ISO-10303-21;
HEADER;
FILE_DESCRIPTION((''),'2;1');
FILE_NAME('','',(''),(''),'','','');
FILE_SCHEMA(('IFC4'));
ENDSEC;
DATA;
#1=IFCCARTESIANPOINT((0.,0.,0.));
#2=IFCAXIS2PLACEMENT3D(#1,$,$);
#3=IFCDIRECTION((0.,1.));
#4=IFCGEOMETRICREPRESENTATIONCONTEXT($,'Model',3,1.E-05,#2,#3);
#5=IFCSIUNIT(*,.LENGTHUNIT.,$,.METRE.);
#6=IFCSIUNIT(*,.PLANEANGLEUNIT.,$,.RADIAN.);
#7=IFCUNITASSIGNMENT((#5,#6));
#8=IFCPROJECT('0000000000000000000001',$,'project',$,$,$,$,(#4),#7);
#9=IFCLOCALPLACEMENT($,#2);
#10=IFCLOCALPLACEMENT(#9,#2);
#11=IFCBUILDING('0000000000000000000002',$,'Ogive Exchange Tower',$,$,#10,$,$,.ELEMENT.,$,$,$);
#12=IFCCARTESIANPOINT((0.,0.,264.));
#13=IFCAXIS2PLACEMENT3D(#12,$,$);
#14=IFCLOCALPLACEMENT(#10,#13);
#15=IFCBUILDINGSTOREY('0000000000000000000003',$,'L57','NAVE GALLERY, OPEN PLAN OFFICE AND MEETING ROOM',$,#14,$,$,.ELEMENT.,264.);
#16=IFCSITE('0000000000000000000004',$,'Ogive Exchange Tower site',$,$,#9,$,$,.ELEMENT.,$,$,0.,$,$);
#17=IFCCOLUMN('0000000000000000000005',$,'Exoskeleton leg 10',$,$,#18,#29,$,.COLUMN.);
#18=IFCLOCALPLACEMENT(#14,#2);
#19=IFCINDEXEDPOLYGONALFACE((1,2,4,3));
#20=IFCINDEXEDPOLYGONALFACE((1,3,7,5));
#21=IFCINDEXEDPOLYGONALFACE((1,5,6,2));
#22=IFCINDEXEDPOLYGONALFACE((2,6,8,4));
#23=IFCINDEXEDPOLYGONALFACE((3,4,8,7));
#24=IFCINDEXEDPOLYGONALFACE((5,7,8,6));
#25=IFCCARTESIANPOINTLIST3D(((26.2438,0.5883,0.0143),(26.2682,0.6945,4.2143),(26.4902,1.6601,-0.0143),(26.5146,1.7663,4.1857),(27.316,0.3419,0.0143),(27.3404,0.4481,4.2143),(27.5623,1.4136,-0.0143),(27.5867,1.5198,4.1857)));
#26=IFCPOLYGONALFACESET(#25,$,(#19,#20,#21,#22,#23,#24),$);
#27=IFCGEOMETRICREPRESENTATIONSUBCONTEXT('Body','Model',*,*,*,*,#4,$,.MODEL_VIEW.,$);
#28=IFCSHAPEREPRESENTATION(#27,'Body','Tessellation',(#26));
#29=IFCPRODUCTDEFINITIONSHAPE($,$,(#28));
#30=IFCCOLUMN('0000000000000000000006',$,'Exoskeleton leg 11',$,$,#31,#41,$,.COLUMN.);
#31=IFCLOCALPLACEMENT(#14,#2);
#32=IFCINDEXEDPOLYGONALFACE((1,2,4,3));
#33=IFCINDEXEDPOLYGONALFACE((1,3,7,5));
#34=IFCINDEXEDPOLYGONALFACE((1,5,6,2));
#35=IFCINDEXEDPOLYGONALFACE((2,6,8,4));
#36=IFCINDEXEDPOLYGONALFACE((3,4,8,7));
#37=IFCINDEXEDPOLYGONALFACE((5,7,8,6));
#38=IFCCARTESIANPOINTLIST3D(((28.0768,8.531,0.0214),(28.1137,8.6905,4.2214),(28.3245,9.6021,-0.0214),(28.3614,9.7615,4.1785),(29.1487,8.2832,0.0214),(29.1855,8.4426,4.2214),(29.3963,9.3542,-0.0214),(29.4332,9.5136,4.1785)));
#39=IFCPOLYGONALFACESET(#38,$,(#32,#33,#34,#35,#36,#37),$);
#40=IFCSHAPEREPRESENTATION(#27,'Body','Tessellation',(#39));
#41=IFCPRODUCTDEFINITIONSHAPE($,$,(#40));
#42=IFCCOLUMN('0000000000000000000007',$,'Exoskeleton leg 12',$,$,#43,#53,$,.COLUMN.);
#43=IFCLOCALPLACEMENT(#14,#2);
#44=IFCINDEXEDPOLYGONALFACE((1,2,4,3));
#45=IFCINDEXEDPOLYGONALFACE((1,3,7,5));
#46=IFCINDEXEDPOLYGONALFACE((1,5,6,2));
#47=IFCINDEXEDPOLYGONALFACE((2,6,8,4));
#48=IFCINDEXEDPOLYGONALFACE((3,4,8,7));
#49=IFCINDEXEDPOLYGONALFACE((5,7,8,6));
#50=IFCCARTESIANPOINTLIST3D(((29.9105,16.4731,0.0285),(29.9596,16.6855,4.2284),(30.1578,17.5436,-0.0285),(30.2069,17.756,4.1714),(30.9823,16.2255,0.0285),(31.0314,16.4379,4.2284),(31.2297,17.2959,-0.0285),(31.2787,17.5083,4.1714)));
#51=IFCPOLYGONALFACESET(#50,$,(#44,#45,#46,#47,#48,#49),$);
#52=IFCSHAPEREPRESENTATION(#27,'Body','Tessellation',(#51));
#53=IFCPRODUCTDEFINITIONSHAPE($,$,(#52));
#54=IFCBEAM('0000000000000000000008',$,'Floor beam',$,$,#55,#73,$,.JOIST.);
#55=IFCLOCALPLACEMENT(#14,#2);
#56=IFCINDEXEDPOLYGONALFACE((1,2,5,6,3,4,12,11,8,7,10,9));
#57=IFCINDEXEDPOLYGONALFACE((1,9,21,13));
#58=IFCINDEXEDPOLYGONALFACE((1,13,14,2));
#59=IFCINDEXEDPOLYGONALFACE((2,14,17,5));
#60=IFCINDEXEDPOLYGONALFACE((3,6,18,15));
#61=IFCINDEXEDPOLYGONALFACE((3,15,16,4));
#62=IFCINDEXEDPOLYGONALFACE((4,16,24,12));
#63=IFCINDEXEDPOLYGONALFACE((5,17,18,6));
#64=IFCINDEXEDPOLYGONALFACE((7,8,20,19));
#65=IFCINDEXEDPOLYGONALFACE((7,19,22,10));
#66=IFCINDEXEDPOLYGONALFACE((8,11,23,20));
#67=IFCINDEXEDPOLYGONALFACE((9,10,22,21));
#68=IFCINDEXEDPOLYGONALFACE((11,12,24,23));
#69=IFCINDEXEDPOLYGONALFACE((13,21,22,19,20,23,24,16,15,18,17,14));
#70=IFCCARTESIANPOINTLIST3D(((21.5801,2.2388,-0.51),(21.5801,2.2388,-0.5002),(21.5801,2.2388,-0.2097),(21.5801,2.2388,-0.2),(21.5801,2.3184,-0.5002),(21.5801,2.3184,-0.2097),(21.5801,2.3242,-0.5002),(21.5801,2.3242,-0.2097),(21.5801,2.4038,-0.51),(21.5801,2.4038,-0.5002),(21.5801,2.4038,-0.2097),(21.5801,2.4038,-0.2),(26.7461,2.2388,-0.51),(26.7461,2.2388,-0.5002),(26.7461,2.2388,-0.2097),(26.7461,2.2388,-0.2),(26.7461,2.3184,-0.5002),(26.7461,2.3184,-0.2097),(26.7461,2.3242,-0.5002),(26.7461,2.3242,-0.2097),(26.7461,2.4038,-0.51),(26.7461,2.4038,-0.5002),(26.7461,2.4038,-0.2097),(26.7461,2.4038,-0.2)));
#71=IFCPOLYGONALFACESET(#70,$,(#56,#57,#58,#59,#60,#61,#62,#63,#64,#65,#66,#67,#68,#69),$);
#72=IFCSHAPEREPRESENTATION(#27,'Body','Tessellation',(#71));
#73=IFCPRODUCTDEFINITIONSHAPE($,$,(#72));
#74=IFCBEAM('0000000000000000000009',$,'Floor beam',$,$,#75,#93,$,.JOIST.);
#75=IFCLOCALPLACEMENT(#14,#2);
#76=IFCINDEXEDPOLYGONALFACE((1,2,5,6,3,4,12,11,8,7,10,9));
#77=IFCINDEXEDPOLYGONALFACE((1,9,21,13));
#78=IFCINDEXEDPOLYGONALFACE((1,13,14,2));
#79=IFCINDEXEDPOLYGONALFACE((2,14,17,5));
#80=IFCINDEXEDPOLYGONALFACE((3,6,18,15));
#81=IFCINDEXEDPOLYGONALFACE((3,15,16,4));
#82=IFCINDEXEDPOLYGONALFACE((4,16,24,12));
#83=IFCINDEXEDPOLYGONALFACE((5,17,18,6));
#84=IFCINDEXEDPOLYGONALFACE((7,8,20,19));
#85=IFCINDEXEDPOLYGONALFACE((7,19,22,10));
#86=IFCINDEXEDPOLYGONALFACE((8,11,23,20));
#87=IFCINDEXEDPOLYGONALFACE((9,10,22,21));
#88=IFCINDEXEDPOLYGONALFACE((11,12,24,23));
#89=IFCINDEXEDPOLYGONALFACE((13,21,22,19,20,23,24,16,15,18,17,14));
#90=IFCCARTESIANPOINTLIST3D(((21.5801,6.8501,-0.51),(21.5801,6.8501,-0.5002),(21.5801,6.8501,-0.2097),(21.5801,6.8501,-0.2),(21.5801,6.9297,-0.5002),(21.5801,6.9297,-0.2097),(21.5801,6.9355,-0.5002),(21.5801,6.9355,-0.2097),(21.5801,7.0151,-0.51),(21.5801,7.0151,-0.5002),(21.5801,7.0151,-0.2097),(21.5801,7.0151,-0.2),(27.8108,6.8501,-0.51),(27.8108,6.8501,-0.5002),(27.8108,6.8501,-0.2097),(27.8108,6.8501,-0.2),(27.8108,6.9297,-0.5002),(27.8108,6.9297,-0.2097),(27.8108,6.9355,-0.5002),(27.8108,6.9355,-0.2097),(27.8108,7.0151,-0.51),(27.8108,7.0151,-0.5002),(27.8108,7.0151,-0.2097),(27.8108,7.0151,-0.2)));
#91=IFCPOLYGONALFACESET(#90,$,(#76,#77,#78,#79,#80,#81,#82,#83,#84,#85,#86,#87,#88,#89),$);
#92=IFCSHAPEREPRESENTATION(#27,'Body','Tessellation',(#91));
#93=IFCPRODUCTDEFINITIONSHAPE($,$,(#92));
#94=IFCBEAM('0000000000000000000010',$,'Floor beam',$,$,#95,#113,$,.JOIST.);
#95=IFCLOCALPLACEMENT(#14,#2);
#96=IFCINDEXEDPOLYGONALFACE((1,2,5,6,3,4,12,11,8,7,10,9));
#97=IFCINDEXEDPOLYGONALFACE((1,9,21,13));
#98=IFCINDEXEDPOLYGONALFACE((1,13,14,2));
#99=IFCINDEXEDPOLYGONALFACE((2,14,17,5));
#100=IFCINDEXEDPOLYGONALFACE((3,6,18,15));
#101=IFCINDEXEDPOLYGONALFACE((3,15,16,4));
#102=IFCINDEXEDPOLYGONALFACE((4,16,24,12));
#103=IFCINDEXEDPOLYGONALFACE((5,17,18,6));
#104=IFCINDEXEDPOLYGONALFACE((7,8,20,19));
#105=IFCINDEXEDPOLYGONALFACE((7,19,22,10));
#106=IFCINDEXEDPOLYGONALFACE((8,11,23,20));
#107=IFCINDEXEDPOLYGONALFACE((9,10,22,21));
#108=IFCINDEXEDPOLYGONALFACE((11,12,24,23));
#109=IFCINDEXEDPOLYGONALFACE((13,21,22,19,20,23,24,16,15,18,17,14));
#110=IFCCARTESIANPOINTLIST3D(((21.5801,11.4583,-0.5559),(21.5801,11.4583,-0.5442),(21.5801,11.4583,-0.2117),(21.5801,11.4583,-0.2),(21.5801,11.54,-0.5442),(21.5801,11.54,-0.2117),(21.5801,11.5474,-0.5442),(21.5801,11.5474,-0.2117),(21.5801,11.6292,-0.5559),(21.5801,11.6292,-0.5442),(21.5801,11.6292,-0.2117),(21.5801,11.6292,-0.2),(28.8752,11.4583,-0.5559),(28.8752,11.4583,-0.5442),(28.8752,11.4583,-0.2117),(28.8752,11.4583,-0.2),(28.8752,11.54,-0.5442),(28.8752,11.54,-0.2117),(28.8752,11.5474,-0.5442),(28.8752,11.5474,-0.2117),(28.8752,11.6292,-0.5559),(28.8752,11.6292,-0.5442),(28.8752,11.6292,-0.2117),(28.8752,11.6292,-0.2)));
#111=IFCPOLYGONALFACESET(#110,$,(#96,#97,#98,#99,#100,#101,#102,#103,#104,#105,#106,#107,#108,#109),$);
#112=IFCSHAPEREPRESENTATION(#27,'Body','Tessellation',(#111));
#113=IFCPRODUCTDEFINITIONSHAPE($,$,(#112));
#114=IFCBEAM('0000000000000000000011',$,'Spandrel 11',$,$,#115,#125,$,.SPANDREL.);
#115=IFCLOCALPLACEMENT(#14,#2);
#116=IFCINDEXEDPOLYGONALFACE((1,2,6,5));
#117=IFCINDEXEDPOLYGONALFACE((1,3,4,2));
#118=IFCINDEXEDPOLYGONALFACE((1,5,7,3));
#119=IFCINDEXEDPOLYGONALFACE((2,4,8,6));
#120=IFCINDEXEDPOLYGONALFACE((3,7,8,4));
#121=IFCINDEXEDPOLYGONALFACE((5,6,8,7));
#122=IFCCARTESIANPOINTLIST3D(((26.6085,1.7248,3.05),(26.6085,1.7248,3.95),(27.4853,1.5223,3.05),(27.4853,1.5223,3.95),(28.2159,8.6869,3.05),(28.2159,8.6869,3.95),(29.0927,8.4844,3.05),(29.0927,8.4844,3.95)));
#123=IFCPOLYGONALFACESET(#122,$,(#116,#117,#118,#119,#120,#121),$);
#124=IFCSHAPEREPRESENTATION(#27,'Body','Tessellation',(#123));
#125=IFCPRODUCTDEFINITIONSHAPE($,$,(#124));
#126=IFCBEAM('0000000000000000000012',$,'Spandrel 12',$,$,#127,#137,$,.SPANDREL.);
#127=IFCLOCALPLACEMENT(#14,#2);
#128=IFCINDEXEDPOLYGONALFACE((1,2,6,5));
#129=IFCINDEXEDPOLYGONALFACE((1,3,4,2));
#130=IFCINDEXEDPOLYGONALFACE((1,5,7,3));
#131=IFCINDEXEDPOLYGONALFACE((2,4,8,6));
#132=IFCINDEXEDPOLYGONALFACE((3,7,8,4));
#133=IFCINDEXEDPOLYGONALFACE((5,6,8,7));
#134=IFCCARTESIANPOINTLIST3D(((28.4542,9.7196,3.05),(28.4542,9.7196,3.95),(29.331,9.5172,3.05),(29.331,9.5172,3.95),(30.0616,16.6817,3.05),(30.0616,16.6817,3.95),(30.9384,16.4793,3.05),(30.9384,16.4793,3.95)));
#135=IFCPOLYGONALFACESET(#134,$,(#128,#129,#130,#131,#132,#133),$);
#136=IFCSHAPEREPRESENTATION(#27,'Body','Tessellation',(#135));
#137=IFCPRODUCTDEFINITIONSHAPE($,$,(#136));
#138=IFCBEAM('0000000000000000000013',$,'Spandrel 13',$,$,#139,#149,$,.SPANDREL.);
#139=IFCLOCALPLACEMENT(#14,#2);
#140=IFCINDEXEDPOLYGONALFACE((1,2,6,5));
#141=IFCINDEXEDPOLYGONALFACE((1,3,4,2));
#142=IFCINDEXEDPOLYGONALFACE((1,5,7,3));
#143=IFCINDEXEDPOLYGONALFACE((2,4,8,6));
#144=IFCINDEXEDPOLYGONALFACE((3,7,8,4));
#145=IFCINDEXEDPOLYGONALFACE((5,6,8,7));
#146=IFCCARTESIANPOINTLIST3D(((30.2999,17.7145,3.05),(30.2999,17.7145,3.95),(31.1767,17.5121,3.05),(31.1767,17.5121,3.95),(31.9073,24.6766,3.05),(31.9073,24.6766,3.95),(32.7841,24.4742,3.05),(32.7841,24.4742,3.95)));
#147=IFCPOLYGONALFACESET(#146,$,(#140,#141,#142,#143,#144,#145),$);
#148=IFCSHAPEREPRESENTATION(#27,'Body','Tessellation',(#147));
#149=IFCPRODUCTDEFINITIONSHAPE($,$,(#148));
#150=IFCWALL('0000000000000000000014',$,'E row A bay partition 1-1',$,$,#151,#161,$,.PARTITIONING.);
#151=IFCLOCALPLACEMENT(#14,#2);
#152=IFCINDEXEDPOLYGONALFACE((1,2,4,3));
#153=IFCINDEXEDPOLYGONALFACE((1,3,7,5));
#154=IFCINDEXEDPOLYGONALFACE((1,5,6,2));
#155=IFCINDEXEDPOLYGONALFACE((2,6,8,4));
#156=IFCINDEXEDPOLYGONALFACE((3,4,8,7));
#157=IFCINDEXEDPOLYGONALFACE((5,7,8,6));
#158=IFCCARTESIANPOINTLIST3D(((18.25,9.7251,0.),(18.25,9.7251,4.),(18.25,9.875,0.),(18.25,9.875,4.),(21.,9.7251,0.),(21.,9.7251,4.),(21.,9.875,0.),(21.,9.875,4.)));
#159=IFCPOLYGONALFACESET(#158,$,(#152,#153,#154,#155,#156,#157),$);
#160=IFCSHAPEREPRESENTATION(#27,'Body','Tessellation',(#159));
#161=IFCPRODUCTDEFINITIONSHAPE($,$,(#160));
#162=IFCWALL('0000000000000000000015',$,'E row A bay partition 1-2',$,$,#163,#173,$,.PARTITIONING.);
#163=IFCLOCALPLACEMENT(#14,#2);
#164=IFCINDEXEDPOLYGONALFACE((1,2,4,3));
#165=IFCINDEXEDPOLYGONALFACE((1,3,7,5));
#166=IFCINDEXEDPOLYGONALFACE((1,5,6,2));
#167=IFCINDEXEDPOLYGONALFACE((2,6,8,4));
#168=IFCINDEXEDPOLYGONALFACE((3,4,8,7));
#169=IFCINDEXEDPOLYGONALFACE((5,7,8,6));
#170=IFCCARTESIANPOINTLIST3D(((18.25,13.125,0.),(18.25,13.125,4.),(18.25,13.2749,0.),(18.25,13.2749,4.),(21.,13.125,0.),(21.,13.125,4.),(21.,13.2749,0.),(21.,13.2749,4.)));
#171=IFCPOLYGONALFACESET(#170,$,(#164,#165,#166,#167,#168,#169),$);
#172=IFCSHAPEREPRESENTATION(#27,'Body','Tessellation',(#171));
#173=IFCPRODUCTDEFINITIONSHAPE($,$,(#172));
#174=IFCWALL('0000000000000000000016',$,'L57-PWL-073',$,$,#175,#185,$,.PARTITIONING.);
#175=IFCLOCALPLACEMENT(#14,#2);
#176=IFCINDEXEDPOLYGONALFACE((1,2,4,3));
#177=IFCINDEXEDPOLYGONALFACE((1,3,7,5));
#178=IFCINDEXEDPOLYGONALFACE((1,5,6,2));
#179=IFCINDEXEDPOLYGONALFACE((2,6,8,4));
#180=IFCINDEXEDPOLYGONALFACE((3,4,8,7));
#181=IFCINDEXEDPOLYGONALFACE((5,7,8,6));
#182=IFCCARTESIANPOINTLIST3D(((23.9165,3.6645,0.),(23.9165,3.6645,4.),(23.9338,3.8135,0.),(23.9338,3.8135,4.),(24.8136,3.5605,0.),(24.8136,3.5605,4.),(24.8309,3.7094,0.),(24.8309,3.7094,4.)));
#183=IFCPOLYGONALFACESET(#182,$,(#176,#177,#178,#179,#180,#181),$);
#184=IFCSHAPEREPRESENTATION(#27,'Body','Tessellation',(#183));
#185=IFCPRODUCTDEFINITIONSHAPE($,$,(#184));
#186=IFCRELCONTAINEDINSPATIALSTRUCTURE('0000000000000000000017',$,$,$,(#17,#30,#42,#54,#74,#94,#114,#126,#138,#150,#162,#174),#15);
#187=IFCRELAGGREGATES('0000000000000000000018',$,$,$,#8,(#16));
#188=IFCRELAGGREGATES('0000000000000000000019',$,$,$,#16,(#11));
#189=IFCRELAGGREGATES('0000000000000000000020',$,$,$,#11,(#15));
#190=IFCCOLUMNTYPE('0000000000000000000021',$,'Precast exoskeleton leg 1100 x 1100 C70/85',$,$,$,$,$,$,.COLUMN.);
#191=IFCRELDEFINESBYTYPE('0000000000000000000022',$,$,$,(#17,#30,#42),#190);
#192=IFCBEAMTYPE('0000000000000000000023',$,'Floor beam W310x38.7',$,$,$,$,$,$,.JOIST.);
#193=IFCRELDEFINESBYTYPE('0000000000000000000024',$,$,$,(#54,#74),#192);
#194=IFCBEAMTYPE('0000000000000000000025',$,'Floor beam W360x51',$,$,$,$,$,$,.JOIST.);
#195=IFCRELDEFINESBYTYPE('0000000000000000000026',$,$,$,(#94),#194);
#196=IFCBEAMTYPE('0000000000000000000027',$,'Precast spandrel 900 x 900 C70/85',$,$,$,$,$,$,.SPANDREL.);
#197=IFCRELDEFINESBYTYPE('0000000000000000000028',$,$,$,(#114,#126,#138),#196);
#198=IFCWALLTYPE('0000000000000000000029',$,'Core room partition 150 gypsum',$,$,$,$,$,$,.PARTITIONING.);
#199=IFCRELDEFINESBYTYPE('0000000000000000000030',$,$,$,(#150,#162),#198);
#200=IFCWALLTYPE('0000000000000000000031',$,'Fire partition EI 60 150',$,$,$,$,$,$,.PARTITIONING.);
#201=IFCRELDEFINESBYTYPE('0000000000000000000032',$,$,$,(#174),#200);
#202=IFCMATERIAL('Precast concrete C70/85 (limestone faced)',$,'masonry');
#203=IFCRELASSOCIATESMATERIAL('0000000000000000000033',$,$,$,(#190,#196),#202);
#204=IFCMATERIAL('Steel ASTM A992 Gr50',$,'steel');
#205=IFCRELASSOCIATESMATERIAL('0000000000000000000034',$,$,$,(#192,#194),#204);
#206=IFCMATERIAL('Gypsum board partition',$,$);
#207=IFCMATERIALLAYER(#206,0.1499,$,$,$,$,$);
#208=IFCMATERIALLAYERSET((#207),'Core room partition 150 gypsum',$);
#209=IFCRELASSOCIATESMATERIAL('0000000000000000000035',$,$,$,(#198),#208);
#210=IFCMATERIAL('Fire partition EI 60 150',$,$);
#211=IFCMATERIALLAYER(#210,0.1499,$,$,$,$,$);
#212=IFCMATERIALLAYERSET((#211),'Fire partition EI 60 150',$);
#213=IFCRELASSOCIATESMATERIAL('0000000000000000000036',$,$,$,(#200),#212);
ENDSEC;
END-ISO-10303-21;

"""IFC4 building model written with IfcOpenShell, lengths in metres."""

from ifc_helpers import new_model, si_unit, direction, frame, frame_2d, origin, origin_2d, place, context, subcontext, project, spatial, rectangle, i_section, extrude, material, layer, layer_set, material_profile, profile_set, type_object, element, save


model = new_model("IFC4")

# Units and contexts
model_context = context("Model", 3, precision=1e-05, world=origin(), true_north=direction((0.0, 1.0)))
body_context = subcontext(model_context, "Body", "Model", "MODEL_VIEW")
ifc_project = project(units=[si_unit("LENGTHUNIT", "METRE"), si_unit("PLANEANGLEUNIT", "RADIAN")], contexts=[model_context])

# Site, building, storey
site_placement = place(None, origin())
site = spatial("IfcSite", under=ifc_project, at=site_placement, Name="Ogive Exchange Tower site", CompositionType="ELEMENT", RefElevation=0.0)
building_placement = place(site_placement, origin())
building = spatial("IfcBuilding", under=site, at=building_placement, Name="Ogive Exchange Tower", CompositionType="ELEMENT")
storey_placement = place(building_placement, frame((0.0, 0.0, 264.0)))
storey = spatial("IfcBuildingStorey", under=building, at=storey_placement, Name="L57", Description="NAVE GALLERY, OPEN PLAN OFFICE AND MEETING ROOM", CompositionType="ELEMENT", Elevation=264.0)

# Columns
ifc_material_1 = material(Name="Precast concrete C70/85 (limestone faced)", Category="masonry")
ifc_material_profile_1 = material_profile(ifc_material_1, rectangle(XDim=1.1001, YDim=1.1001, at=origin_2d()), Name="1100 x 1100")
ifc_profile_set_1 = profile_set([ifc_material_profile_1], Name="Precast concrete C70/85 (limestone faced)")
column_type = type_object("IfcColumnType", Name="Precast exoskeleton leg 1100 x 1100 C70/85", PredefinedType="COLUMN", material=ifc_profile_set_1)
column_1_placement = place(storey_placement, frame((26.9031, 1.001, 0.0), z_axis=(0.005811, 0.025278, 0.999664), x_axis=(-0.97458, 0.224041, 0.0)))
element("IfcColumn", 1, at=column_1_placement, inside=storey, type_object=column_type, Name="Exoskeleton leg 10", PredefinedType="COLUMN", context=body_context, shape_type="SweptSolid", body=[
    extrude(rectangle(XDim=1.1001, YDim=1.1001, at=origin_2d()), origin(), (0.0, 0.0, 1.0), 4.2014),
])
column_2_placement = place(storey_placement, frame((28.7366, 8.9426, 0.0), z_axis=(0.008771, 0.03793, 0.999242), x_axis=(-0.974291, 0.225295, 0.0)))
element("IfcColumn", 2, at=column_2_placement, inside=storey, type_object=column_type, Name="Exoskeleton leg 11", PredefinedType="COLUMN", context=body_context, shape_type="SweptSolid", body=[
    extrude(rectangle(XDim=1.1001, YDim=1.1001, at=origin_2d()), origin(), (0.0, 0.0, 1.0), 4.2031),
])
column_3_placement = place(storey_placement, frame((30.5701, 16.8845, 0.0), z_axis=(0.011668, 0.050505, 0.998656), x_axis=(-0.974335, 0.225105, 0.0)))
element("IfcColumn", 3, at=column_3_placement, inside=storey, type_object=column_type, Name="Exoskeleton leg 12", PredefinedType="COLUMN", context=body_context, shape_type="SweptSolid", body=[
    extrude(rectangle(XDim=1.1001, YDim=1.1001, at=origin_2d()), origin(), (0.0, 0.0, 1.0), 4.2056),
])

# Beams
ifc_material_2 = material(Name="Steel ASTM A992 Gr50", Category="steel")
ifc_material_profile_2 = material_profile(ifc_material_2, i_section(OverallWidth=0.165, OverallDepth=0.3101, WebThickness=0.0059, FlangeThickness=0.0098, at=origin_2d()), Name="W310x38.7")
ifc_profile_set_2 = profile_set([ifc_material_profile_2], Name="Steel ASTM A992 Gr50")
beam_type_1 = type_object("IfcBeamType", Name="Floor beam W310x38.7", PredefinedType="JOIST", material=ifc_profile_set_2)
beam_1_placement = place(storey_placement, frame((21.5801, 2.3213, -0.355), z_axis=(1.0, 0.0, 0.0), x_axis=(0.0, 1.0, 0.0)))
element("IfcBeam", 4, at=beam_1_placement, inside=storey, type_object=beam_type_1, Name="Floor beam", PredefinedType="JOIST", context=body_context, shape_type="SweptSolid", body=[
    extrude(i_section(OverallWidth=0.165, OverallDepth=0.3101, WebThickness=0.0059, FlangeThickness=0.0098, at=origin_2d()), origin(), (0.0, 0.0, 1.0), 5.166),
])
beam_2_placement = place(storey_placement, frame((21.5801, 6.9326, -0.355), z_axis=(1.0, 0.0, 0.0), x_axis=(0.0, 1.0, 0.0)))
element("IfcBeam", 5, at=beam_2_placement, inside=storey, type_object=beam_type_1, Name="Floor beam", PredefinedType="JOIST", context=body_context, shape_type="SweptSolid", body=[
    extrude(i_section(OverallWidth=0.165, OverallDepth=0.3101, WebThickness=0.0059, FlangeThickness=0.0098, at=origin_2d()), origin(), (0.0, 0.0, 1.0), 6.2307),
])
ifc_material_profile_3 = material_profile(ifc_material_2, i_section(OverallWidth=0.1709, OverallDepth=0.356, WebThickness=0.0073, FlangeThickness=0.0117, at=origin_2d()), Name="W360x51")
ifc_profile_set_3 = profile_set([ifc_material_profile_3], Name="Steel ASTM A992 Gr50")
beam_type_2 = type_object("IfcBeamType", Name="Floor beam W360x51", PredefinedType="JOIST", material=ifc_profile_set_3)
beam_3_placement = place(storey_placement, frame((21.5801, 11.5437, -0.3779), z_axis=(1.0, 0.0, 0.0), x_axis=(0.0, 1.0, 0.0)))
element("IfcBeam", 6, at=beam_3_placement, inside=storey, type_object=beam_type_2, Name="Floor beam", PredefinedType="JOIST", context=body_context, shape_type="SweptSolid", body=[
    extrude(i_section(OverallWidth=0.1709, OverallDepth=0.356, WebThickness=0.0073, FlangeThickness=0.0117, at=origin_2d()), origin(), (0.0, 0.0, 1.0), 7.2952),
])
ifc_material_profile_4 = material_profile(ifc_material_1, rectangle(XDim=0.8999, YDim=0.8999, at=origin_2d()), Name="900 x 900")
ifc_profile_set_4 = profile_set([ifc_material_profile_4], Name="Precast concrete C70/85 (limestone faced)")
beam_type_3 = type_object("IfcBeamType", Name="Precast spandrel 900 x 900 C70/85", PredefinedType="SPANDREL", material=ifc_profile_set_4)
for number, where, z_axis, x_axis, name in (
    (7, (27.0469, 1.6235, 3.5), (0.224962, 0.974368, 0.0), (-0.974368, 0.224962, 0.0), "Spandrel 11"),
    (8, (28.8926, 9.6184, 3.5), (0.224962, 0.974368, 0.0), (-0.974368, 0.224962, 0.0), "Spandrel 12"),
    (9, (30.7383, 17.6133, 3.5), (0.224962, 0.974368, 0.0), (-0.974368, 0.224962, 0.0), "Spandrel 13"),
):
    element("IfcBeam", number, at=place(storey_placement, frame(where, z_axis=z_axis, x_axis=x_axis)), inside=storey, type_object=beam_type_3, Name=name, PredefinedType="SPANDREL", context=body_context, shape_type="SweptSolid", body=[
        extrude(rectangle(XDim=0.8999, YDim=0.8999, at=origin_2d()), origin(), (0.0, 0.0, 1.0), 7.1453),
    ])

# Walls
ifc_material_3 = material(Name="Gypsum board partition")
ifc_layer_1 = layer(ifc_material_3, 0.1499)
ifc_layer_set_1 = layer_set([ifc_layer_1], Name="Core room partition 150 gypsum")
wall_type_1 = type_object("IfcWallType", Name="Core room partition 150 gypsum", PredefinedType="PARTITIONING", material=ifc_layer_set_1)
for number, where, z_axis, x_axis, name in (
    (10, (18.25, 9.8, 0.0), (0.0, 0.0, 1.0), (1.0, 0.0, 0.0), "E row A bay partition 1-1"),
    (11, (18.25, 13.2, 0.0), (0.0, 0.0, 1.0), (1.0, 0.0, 0.0), "E row A bay partition 1-2"),
):
    element("IfcWall", number, at=place(storey_placement, frame(where, z_axis=z_axis, x_axis=x_axis)), inside=storey, type_object=wall_type_1, Name=name, PredefinedType="PARTITIONING", context=body_context, shape_type="SweptSolid", body=[
        extrude(rectangle(XDim=2.75, YDim=0.1499, at=frame_2d((1.375, 0.0))), origin(), (0.0, 0.0, 1.0), 4.0),
    ])
ifc_material_4 = material(Name="Fire partition EI 60 150")
ifc_layer_2 = layer(ifc_material_4, 0.1499)
ifc_layer_set_2 = layer_set([ifc_layer_2], Name="Fire partition EI 60 150")
wall_type_2 = type_object("IfcWallType", Name="Fire partition EI 60 150", PredefinedType="PARTITIONING", material=ifc_layer_set_2)
wall_1_placement = place(storey_placement, frame((23.925, 3.739, 0.0), z_axis=(0.0, 0.0, 1.0), x_axis=(0.993345, -0.115178, 0.0)))
element("IfcWall", 12, at=wall_1_placement, inside=storey, type_object=wall_type_2, Name="L57-PWL-073", PredefinedType="PARTITIONING", context=body_context, shape_type="SweptSolid", body=[
    extrude(rectangle(XDim=0.9031, YDim=0.1499, at=frame_2d((0.4517, 0.0))), origin(), (0.0, 0.0, 1.0), 4.0),
])

save(model, "model.ifc")
